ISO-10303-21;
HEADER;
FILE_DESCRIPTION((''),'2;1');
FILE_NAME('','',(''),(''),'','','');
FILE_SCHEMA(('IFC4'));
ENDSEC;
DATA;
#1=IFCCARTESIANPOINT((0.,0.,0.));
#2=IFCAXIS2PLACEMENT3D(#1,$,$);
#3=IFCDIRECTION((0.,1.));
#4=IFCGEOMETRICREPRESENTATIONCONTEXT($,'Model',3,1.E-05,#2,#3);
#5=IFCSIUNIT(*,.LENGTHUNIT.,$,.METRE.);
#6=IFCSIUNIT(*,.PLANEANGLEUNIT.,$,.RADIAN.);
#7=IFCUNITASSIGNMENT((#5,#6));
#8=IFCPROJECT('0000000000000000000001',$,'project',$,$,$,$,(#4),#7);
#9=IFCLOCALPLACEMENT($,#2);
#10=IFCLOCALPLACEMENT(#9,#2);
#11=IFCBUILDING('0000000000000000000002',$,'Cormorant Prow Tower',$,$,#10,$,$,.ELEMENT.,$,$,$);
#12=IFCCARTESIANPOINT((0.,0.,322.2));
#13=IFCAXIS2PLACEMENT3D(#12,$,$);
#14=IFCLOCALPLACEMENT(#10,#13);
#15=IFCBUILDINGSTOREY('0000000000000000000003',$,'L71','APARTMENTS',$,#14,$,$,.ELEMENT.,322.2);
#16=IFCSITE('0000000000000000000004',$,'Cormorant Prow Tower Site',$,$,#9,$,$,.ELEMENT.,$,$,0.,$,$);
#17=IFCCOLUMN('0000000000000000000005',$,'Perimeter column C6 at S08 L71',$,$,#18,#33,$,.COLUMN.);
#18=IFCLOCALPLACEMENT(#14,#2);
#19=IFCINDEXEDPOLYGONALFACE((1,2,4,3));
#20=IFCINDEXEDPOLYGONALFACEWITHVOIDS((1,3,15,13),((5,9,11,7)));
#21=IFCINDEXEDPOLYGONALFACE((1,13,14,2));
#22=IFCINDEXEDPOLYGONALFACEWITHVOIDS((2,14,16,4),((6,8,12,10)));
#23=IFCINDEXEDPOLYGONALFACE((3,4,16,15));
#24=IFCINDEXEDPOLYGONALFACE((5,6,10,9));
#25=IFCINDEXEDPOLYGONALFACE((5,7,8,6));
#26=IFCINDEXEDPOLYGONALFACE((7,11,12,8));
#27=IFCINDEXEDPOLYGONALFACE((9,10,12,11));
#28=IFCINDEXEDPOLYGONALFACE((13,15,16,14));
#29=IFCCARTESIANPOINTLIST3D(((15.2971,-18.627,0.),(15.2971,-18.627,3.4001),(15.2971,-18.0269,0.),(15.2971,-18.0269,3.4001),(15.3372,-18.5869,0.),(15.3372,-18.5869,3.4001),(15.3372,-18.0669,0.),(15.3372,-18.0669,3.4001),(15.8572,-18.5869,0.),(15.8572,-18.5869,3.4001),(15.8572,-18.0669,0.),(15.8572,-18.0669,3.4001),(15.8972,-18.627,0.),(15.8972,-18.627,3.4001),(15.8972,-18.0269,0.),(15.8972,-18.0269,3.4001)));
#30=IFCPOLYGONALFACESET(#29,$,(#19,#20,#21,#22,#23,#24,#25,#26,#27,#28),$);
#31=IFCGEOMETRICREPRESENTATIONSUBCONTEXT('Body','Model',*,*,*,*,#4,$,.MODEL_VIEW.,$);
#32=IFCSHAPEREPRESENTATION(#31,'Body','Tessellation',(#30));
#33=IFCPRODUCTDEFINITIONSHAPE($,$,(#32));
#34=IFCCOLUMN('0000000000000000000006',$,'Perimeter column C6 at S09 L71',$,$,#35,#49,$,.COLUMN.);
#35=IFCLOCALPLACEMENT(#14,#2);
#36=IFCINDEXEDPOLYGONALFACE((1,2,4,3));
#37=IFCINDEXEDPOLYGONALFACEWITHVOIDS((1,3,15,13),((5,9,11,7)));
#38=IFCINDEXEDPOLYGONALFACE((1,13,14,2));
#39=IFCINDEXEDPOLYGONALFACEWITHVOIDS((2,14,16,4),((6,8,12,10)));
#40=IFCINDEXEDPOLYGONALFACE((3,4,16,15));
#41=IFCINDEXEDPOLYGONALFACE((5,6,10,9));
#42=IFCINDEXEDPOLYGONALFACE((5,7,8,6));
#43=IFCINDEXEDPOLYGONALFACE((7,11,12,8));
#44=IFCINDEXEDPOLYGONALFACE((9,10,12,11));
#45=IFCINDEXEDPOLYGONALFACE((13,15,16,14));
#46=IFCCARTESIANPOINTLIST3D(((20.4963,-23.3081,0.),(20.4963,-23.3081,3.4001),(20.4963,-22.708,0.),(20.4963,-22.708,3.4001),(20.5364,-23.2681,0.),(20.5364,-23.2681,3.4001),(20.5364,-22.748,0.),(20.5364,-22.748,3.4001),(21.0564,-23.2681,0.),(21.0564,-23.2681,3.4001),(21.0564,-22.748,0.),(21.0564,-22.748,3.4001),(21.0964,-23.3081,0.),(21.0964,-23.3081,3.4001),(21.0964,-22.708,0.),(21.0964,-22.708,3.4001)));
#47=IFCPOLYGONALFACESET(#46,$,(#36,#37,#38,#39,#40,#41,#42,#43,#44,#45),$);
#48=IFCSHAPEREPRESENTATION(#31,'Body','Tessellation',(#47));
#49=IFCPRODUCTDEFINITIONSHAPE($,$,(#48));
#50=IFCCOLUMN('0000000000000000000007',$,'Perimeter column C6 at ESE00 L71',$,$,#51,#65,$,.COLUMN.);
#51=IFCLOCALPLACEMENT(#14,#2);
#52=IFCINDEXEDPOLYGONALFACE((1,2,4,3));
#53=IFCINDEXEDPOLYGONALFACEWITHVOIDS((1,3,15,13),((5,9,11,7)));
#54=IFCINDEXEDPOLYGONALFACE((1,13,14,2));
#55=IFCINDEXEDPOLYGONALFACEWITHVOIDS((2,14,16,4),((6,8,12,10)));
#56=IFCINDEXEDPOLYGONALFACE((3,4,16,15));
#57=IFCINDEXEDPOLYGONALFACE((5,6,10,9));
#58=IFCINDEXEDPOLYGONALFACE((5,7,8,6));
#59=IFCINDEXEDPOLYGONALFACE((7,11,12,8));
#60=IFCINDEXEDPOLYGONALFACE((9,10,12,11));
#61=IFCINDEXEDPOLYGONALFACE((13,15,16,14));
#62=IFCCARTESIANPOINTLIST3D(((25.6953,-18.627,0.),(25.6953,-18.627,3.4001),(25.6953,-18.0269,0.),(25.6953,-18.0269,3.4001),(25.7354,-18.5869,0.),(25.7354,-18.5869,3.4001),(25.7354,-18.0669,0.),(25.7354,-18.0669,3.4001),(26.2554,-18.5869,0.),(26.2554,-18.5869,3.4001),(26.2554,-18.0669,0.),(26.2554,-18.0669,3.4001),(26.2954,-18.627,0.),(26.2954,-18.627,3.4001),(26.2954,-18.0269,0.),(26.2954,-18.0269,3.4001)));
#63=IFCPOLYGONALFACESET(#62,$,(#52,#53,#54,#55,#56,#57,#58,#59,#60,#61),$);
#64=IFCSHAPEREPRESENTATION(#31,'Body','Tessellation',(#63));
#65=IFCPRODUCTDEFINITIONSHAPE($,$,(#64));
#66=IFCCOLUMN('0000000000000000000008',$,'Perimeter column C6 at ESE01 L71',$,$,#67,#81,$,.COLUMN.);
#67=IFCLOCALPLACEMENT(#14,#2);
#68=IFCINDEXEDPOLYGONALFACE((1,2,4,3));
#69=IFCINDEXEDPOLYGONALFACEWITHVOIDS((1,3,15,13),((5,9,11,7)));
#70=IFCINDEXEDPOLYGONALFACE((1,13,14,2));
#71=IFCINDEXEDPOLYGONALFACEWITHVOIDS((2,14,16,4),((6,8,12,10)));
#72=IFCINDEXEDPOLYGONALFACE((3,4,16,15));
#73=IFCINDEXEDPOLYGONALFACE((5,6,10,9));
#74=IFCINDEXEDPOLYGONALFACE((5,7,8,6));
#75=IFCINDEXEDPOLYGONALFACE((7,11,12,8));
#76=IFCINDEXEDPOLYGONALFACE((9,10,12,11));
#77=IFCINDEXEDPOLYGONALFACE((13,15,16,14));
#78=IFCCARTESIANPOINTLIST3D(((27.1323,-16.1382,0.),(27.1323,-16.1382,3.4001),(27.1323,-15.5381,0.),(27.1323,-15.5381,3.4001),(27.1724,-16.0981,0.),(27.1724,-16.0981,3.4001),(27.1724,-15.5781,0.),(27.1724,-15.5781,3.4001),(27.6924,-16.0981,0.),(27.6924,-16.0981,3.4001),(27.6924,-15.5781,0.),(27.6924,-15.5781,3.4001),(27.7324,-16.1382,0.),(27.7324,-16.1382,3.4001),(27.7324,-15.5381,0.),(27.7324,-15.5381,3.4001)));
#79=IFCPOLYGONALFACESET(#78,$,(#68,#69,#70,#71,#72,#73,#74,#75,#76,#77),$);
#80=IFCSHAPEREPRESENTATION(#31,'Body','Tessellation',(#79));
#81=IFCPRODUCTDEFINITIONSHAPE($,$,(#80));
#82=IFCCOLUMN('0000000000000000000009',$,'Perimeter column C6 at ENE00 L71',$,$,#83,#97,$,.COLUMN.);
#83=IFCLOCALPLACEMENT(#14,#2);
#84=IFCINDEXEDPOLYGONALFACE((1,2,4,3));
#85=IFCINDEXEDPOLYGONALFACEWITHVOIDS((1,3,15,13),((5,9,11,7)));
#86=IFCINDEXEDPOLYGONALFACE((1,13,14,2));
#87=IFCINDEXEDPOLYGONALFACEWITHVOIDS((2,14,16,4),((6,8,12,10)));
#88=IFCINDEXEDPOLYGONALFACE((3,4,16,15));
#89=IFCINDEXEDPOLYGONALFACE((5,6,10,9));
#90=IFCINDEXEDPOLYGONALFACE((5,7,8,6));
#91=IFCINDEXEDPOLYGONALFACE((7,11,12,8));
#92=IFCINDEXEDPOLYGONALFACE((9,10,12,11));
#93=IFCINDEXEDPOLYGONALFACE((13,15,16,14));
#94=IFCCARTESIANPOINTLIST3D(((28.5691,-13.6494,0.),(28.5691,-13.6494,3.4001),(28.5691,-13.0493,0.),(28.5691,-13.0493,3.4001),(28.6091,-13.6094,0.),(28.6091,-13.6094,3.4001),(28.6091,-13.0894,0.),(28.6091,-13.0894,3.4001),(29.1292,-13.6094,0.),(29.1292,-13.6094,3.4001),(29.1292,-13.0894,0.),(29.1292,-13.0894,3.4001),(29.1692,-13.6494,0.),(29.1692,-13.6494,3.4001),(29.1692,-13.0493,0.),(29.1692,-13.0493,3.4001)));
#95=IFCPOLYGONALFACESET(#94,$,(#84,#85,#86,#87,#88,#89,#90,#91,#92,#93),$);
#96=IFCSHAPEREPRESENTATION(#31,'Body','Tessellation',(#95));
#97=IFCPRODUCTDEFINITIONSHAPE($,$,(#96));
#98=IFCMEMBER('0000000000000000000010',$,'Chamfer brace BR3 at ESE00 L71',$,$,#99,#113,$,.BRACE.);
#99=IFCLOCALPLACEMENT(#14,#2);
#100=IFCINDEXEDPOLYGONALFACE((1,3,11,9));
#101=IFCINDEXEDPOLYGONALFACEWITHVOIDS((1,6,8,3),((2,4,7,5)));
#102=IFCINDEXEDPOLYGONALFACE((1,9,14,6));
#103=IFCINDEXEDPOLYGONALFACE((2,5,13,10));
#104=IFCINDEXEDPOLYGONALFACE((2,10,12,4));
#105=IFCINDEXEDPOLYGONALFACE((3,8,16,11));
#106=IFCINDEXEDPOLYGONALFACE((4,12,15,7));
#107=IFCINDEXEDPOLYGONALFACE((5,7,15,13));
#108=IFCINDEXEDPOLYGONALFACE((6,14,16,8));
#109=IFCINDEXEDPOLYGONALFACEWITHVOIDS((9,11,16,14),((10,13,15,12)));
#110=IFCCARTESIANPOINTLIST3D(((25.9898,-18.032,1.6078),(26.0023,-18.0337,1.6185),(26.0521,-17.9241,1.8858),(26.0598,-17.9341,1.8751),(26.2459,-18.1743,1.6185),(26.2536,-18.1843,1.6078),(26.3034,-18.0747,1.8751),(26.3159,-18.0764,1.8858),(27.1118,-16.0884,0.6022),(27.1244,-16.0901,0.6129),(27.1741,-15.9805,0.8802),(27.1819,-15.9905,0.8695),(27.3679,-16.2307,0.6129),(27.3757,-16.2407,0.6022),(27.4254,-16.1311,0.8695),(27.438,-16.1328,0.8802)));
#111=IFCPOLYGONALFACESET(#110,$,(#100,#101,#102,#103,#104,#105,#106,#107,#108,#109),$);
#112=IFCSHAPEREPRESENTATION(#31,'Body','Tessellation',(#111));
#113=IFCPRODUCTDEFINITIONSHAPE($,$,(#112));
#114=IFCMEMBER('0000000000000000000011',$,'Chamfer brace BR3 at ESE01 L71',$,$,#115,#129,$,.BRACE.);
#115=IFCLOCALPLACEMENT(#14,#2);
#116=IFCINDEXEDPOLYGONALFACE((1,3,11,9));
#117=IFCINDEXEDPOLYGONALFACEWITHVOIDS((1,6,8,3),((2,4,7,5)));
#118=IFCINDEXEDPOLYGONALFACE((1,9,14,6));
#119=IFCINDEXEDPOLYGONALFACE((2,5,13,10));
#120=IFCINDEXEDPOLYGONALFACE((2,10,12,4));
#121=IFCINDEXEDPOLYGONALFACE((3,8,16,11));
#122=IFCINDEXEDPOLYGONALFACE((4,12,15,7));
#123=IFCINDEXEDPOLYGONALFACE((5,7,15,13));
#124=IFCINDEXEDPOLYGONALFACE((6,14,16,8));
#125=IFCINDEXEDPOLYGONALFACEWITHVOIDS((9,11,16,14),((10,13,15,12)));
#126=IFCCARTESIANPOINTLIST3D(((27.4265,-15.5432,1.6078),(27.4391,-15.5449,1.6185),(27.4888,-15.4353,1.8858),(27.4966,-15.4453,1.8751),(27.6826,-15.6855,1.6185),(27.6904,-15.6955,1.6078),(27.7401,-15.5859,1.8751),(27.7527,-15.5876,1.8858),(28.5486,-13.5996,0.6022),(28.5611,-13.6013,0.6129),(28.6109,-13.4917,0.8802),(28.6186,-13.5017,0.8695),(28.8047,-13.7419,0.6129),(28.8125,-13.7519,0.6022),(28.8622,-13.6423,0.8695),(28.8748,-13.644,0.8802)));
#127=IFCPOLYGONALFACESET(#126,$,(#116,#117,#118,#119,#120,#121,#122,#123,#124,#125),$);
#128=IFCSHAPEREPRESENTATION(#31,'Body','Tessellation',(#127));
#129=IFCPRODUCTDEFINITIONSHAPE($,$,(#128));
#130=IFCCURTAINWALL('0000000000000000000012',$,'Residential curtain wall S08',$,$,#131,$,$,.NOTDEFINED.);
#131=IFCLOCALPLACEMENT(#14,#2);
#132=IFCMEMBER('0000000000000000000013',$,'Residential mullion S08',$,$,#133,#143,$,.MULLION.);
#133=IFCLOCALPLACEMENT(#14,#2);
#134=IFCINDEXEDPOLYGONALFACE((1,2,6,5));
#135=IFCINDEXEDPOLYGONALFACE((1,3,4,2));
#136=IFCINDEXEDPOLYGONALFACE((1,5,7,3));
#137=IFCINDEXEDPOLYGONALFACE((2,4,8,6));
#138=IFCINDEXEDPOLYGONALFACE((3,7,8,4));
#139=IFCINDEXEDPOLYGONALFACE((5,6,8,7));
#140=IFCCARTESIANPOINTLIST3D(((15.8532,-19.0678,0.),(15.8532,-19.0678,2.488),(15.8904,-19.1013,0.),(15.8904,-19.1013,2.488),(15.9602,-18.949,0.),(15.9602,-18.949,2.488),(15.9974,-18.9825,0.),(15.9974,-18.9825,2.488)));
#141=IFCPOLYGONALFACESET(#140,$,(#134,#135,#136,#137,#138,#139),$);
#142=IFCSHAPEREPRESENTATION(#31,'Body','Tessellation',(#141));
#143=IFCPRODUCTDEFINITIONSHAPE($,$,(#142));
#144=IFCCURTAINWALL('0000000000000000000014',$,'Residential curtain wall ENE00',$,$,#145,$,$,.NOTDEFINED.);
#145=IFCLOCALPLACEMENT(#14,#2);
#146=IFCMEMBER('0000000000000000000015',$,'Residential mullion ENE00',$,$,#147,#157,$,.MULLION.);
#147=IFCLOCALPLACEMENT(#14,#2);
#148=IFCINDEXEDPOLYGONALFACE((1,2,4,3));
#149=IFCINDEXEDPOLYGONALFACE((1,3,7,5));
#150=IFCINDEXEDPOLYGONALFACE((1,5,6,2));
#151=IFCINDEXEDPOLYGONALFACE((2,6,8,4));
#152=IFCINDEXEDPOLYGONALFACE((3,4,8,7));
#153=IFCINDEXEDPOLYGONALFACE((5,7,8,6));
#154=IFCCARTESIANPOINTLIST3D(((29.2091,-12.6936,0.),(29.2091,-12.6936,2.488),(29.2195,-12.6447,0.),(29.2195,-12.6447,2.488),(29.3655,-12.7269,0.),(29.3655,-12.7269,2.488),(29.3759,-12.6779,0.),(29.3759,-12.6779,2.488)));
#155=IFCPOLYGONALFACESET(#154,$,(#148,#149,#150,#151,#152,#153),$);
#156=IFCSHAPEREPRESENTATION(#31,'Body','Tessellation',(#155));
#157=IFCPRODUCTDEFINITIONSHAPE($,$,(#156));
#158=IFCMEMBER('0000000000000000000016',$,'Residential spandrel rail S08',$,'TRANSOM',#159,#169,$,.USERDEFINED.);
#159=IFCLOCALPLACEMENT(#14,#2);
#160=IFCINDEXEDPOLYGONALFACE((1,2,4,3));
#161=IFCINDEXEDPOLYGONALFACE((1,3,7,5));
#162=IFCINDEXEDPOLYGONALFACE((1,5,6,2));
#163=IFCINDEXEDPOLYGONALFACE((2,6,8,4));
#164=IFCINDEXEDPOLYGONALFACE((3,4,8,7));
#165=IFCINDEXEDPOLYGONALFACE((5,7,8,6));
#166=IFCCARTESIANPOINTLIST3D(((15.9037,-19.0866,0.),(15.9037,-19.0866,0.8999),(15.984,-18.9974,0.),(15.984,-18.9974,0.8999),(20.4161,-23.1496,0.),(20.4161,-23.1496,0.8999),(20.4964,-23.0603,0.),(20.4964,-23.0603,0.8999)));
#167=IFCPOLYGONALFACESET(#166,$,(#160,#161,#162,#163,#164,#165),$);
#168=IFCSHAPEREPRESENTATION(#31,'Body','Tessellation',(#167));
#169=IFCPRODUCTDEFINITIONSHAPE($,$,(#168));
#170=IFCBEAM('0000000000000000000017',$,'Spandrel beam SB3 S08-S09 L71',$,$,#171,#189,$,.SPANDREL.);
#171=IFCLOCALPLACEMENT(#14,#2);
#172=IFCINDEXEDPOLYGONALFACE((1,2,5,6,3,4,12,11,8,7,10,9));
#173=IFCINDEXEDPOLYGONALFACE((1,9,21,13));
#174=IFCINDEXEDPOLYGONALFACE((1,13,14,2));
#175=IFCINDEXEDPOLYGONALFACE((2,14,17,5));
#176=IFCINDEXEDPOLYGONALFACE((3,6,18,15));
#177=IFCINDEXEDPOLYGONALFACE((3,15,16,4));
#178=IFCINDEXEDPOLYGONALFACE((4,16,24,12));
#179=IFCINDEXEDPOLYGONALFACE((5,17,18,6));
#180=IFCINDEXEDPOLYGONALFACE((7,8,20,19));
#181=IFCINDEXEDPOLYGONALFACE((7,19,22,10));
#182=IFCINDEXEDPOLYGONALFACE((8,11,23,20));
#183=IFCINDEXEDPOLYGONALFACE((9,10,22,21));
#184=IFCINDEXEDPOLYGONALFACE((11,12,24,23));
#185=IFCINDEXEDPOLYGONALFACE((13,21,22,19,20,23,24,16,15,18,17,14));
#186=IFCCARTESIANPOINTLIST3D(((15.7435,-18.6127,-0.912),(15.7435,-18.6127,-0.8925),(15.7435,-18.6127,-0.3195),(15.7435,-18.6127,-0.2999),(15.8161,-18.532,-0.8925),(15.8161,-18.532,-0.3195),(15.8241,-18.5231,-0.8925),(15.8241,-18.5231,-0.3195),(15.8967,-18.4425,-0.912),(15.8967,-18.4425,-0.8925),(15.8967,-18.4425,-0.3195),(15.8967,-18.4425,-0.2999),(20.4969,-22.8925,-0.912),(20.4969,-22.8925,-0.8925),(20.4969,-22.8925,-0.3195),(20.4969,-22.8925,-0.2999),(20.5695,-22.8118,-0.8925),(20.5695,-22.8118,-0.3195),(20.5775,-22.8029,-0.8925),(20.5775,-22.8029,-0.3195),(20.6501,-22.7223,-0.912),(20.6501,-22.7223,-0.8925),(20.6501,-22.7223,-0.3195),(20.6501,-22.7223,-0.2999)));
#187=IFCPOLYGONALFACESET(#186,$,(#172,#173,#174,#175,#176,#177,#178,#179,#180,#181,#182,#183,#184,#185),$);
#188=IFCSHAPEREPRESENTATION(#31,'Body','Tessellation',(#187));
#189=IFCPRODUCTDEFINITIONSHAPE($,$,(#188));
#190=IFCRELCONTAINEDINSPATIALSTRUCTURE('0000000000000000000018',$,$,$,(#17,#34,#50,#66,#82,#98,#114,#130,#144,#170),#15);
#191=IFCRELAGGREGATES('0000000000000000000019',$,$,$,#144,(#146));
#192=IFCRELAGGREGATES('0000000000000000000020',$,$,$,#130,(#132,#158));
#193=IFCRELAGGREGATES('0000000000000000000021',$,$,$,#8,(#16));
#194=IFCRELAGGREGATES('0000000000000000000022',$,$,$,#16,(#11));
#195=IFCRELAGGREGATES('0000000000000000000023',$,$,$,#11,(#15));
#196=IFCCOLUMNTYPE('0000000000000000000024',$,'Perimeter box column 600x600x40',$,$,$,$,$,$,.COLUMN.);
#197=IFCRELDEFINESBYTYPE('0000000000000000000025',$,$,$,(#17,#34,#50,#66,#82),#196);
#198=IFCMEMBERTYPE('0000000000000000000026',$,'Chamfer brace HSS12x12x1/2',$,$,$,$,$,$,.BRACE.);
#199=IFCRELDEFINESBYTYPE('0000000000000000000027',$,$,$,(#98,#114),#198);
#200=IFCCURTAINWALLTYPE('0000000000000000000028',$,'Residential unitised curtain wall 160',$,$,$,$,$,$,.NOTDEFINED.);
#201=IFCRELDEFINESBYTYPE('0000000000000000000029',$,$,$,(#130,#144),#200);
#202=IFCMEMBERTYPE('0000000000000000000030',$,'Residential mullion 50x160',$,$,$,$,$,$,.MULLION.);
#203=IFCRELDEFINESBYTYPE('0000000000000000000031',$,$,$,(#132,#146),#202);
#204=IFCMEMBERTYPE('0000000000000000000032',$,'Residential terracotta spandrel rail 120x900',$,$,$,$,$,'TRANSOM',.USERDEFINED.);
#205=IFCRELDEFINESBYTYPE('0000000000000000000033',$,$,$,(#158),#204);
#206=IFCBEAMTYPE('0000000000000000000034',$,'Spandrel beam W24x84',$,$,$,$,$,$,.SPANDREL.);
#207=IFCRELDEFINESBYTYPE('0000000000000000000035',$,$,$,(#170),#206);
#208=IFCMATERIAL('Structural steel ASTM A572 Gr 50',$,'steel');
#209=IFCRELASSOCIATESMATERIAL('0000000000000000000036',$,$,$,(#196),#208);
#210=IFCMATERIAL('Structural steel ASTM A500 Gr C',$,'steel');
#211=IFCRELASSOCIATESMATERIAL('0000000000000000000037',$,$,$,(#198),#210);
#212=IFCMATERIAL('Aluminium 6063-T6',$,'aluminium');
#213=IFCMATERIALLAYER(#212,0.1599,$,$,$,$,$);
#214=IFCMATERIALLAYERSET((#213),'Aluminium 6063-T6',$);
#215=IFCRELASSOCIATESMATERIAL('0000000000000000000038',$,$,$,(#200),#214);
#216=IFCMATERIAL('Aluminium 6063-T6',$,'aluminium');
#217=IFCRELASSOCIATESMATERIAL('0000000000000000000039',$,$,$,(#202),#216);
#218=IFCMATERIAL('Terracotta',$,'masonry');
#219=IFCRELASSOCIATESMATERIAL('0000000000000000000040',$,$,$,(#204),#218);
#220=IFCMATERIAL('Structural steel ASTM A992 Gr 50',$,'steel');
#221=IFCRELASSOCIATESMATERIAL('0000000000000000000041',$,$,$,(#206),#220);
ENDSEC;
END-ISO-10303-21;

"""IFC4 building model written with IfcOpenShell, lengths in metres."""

from ifc_helpers import new_model, si_unit, direction, frame, origin, origin_2d, place, context, subcontext, project, spatial, rectangle, hollow_rectangle, i_section, extrude, material, layer, layer_set, material_profile, profile_set, type_object, element, aggregate, save


model = new_model("IFC4")

# Units and contexts
model_context = context("Model", 3, precision=1e-05, world=origin(), true_north=direction((0.0, 1.0)))
body_context = subcontext(model_context, "Body", "Model", "MODEL_VIEW")
ifc_project = project(units=[si_unit("LENGTHUNIT", "METRE"), si_unit("PLANEANGLEUNIT", "RADIAN")], contexts=[model_context])

# Site, building, storey
site_placement = place(None, origin())
site = spatial("IfcSite", under=ifc_project, at=site_placement, Name="Cormorant Prow Tower Site", CompositionType="ELEMENT", RefElevation=0.0)
building_placement = place(site_placement, origin())
building = spatial("IfcBuilding", under=site, at=building_placement, Name="Cormorant Prow Tower", CompositionType="ELEMENT")
storey_placement = place(building_placement, frame((0.0, 0.0, 322.2)))
storey = spatial("IfcBuildingStorey", under=building, at=storey_placement, Name="L71", Description="APARTMENTS", CompositionType="ELEMENT", Elevation=322.2)

# Columns
ifc_material_1 = material(Name="Structural steel ASTM A572 Gr 50", Category="steel")
ifc_material_profile_1 = material_profile(ifc_material_1, hollow_rectangle(XDim=0.6001, YDim=0.6001, WallThickness=0.04, at=origin_2d()), Name="Box 600x600x40")
ifc_profile_set_1 = profile_set([ifc_material_profile_1], Name="Structural steel ASTM A572 Gr 50")
column_type = type_object("IfcColumnType", Name="Perimeter box column 600x600x40", PredefinedType="COLUMN", material=ifc_profile_set_1)
for number, where, z_axis, x_axis, name in (
    (1, (15.5972, -18.3269, 0.0), (0.0, 0.0, 1.0), (1.0, 0.0, 0.0), "Perimeter column C6 at S08 L71"),
    (2, (20.7964, -23.0081, 0.0), (0.0, 0.0, 1.0), (1.0, 0.0, 0.0), "Perimeter column C6 at S09 L71"),
    (3, (25.9954, -18.3269, 0.0), (0.0, 0.0, 1.0), (1.0, 0.0, 0.0), "Perimeter column C6 at ESE00 L71"),
    (4, (27.4324, -15.8381, 0.0), (0.0, 0.0, 1.0), (1.0, 0.0, 0.0), "Perimeter column C6 at ESE01 L71"),
    (5, (28.8691, -13.3494, 0.0), (0.0, 0.0, 1.0), (1.0, 0.0, 0.0), "Perimeter column C6 at ENE00 L71"),
):
    element("IfcColumn", number, at=place(storey_placement, frame(where, z_axis=z_axis, x_axis=x_axis)), inside=storey, type_object=column_type, Name=name, PredefinedType="COLUMN", context=body_context, shape_type="SweptSolid", body=[
        extrude(hollow_rectangle(XDim=0.6001, YDim=0.6001, WallThickness=0.04, at=origin_2d()), origin(), (0.0, 0.0, 1.0), 3.4001),
    ])

# Members
ifc_material_2 = material(Name="Structural steel ASTM A500 Gr C", Category="steel")
ifc_material_profile_2 = material_profile(ifc_material_2, hollow_rectangle(XDim=0.3047, YDim=0.3047, WallThickness=0.0117, at=origin_2d()), Name="HSS12x12x1/2")
ifc_profile_set_2 = profile_set([ifc_material_profile_2], Name="Structural steel ASTM A500 Gr C")
member_type_1 = type_object("IfcMemberType", Name="Chamfer brace HSS12x12x1/2", PredefinedType="BRACE", material=ifc_profile_set_2)
for number, where, z_axis, x_axis, name in (
    (6, (27.2749, -16.1106, 0.7412), (-0.456266, -0.790324, 0.408912), (0.866039, -0.499977, 0.0), "Chamfer brace BR3 at ESE00 L71"),
    (7, (28.7117, -13.6218, 0.7412), (-0.456266, -0.790324, 0.408912), (0.866039, -0.499977, 0.0), "Chamfer brace BR3 at ESE01 L71"),
):
    element("IfcMember", number, at=place(storey_placement, frame(where, z_axis=z_axis, x_axis=x_axis)), inside=storey, type_object=member_type_1, Name=name, PredefinedType="BRACE", context=body_context, shape_type="SweptSolid", body=[
        extrude(hollow_rectangle(XDim=0.3047, YDim=0.3047, WallThickness=0.0117, at=origin_2d()), origin(), (0.0, 0.0, 1.0), 2.4592),
    ])

# Curtain walls, members
ifc_material_3 = material(Name="Aluminium 6063-T6", Category="aluminium")
ifc_layer_1 = layer(ifc_material_3, 0.1599)
ifc_layer_set_1 = layer_set([ifc_layer_1], Name="Aluminium 6063-T6")
curtain_wall_type = type_object("IfcCurtainWallType", Name="Residential unitised curtain wall 160", PredefinedType="NOTDEFINED", material=ifc_layer_set_1)
curtain_wall_1_placement = place(storey_placement, origin())
curtain_wall_1 = element("IfcCurtainWall", 8, at=curtain_wall_1_placement, inside=storey, type_object=curtain_wall_type, Name="Residential curtain wall S08", PredefinedType="NOTDEFINED")
ifc_material_4 = material(Name="Aluminium 6063-T6", Category="aluminium")
ifc_material_profile_3 = material_profile(ifc_material_4, rectangle(XDim=0.1599, YDim=0.05, at=origin_2d()), Name="Residential mullion 50x160")
ifc_profile_set_3 = profile_set([ifc_material_profile_3], Name="Aluminium 6063-T6")
member_type_2 = type_object("IfcMemberType", Name="Residential mullion 50x160", PredefinedType="MULLION", material=ifc_profile_set_3)
member_1_placement = place(storey_placement, frame((15.9253, -19.0251, 0.0), z_axis=(0.0, 0.0, 1.0), x_axis=(0.669131, 0.743145, 0.0)))
member_1 = element("IfcMember", 9, at=member_1_placement, type_object=member_type_2, Name="Residential mullion S08", PredefinedType="MULLION", context=body_context, shape_type="SweptSolid", body=[
    extrude(rectangle(XDim=0.1599, YDim=0.05, at=origin_2d()), origin(), (0.0, 0.0, 1.0), 2.488),
])
curtain_wall_2_placement = place(storey_placement, origin())
curtain_wall_2 = element("IfcCurtainWall", 10, at=curtain_wall_2_placement, inside=storey, type_object=curtain_wall_type, Name="Residential curtain wall ENE00", PredefinedType="NOTDEFINED")
member_2_placement = place(storey_placement, frame((29.2925, -12.6858, 0.0), z_axis=(0.0, 0.0, 1.0), x_axis=(-0.978148, 0.207912, 0.0)))
member_2 = element("IfcMember", 11, at=member_2_placement, type_object=member_type_2, Name="Residential mullion ENE00", PredefinedType="MULLION", context=body_context, shape_type="SweptSolid", body=[
    extrude(rectangle(XDim=0.1599, YDim=0.05, at=origin_2d()), origin(), (0.0, 0.0, 1.0), 2.488),
])
aggregate(curtain_wall_2, [member_2])

# Member
ifc_material_5 = material(Name="Terracotta", Category="masonry")
ifc_material_profile_4 = material_profile(ifc_material_5, rectangle(XDim=0.1201, YDim=0.8999, at=origin_2d()), Name="Residential terracotta spandrel rail 120x900")
ifc_profile_set_4 = profile_set([ifc_material_profile_4], Name="Terracotta")
member_type_3 = type_object("IfcMemberType", Name="Residential terracotta spandrel rail 120x900", ElementType="TRANSOM", PredefinedType="USERDEFINED", material=ifc_profile_set_4)
member_3_placement = place(storey_placement, frame((15.9438, -19.042, 0.45), z_axis=(0.743148, -0.669127, 0.0), x_axis=(0.669127, 0.743148, 0.0)))
member_3 = element("IfcMember", 12, at=member_3_placement, type_object=member_type_3, Name="Residential spandrel rail S08", ObjectType="TRANSOM", PredefinedType="USERDEFINED", context=body_context, shape_type="SweptSolid", body=[
    extrude(rectangle(XDim=0.1201, YDim=0.8999, at=origin_2d()), origin(), (0.0, 0.0, 1.0), 6.072),
])

# Beam
ifc_material_6 = material(Name="Structural steel ASTM A992 Gr 50", Category="steel")
ifc_material_profile_5 = material_profile(ifc_material_6, i_section(OverallWidth=0.229, OverallDepth=0.6121, WebThickness=0.012, FlangeThickness=0.0195, at=origin_2d()), Name="W24x84")
ifc_profile_set_5 = profile_set([ifc_material_profile_5], Name="Structural steel ASTM A992 Gr 50")
beam_type = type_object("IfcBeamType", Name="Spandrel beam W24x84", PredefinedType="SPANDREL", material=ifc_profile_set_5)
beam_1_placement = place(storey_placement, frame((15.8201, -18.5276, -0.606), z_axis=(0.743161, -0.669112, 0.0), x_axis=(0.669112, 0.743161, 0.0)))
element("IfcBeam", 13, at=beam_1_placement, inside=storey, type_object=beam_type, Name="Spandrel beam SB3 S08-S09 L71", PredefinedType="SPANDREL", context=body_context, shape_type="SweptSolid", body=[
    extrude(i_section(OverallWidth=0.229, OverallDepth=0.6121, WebThickness=0.012, FlangeThickness=0.0195, at=origin_2d()), origin(), (0.0, 0.0, 1.0), 6.3962),
])

aggregate(curtain_wall_1, [member_1, member_3])

save(model, "model.ifc")
